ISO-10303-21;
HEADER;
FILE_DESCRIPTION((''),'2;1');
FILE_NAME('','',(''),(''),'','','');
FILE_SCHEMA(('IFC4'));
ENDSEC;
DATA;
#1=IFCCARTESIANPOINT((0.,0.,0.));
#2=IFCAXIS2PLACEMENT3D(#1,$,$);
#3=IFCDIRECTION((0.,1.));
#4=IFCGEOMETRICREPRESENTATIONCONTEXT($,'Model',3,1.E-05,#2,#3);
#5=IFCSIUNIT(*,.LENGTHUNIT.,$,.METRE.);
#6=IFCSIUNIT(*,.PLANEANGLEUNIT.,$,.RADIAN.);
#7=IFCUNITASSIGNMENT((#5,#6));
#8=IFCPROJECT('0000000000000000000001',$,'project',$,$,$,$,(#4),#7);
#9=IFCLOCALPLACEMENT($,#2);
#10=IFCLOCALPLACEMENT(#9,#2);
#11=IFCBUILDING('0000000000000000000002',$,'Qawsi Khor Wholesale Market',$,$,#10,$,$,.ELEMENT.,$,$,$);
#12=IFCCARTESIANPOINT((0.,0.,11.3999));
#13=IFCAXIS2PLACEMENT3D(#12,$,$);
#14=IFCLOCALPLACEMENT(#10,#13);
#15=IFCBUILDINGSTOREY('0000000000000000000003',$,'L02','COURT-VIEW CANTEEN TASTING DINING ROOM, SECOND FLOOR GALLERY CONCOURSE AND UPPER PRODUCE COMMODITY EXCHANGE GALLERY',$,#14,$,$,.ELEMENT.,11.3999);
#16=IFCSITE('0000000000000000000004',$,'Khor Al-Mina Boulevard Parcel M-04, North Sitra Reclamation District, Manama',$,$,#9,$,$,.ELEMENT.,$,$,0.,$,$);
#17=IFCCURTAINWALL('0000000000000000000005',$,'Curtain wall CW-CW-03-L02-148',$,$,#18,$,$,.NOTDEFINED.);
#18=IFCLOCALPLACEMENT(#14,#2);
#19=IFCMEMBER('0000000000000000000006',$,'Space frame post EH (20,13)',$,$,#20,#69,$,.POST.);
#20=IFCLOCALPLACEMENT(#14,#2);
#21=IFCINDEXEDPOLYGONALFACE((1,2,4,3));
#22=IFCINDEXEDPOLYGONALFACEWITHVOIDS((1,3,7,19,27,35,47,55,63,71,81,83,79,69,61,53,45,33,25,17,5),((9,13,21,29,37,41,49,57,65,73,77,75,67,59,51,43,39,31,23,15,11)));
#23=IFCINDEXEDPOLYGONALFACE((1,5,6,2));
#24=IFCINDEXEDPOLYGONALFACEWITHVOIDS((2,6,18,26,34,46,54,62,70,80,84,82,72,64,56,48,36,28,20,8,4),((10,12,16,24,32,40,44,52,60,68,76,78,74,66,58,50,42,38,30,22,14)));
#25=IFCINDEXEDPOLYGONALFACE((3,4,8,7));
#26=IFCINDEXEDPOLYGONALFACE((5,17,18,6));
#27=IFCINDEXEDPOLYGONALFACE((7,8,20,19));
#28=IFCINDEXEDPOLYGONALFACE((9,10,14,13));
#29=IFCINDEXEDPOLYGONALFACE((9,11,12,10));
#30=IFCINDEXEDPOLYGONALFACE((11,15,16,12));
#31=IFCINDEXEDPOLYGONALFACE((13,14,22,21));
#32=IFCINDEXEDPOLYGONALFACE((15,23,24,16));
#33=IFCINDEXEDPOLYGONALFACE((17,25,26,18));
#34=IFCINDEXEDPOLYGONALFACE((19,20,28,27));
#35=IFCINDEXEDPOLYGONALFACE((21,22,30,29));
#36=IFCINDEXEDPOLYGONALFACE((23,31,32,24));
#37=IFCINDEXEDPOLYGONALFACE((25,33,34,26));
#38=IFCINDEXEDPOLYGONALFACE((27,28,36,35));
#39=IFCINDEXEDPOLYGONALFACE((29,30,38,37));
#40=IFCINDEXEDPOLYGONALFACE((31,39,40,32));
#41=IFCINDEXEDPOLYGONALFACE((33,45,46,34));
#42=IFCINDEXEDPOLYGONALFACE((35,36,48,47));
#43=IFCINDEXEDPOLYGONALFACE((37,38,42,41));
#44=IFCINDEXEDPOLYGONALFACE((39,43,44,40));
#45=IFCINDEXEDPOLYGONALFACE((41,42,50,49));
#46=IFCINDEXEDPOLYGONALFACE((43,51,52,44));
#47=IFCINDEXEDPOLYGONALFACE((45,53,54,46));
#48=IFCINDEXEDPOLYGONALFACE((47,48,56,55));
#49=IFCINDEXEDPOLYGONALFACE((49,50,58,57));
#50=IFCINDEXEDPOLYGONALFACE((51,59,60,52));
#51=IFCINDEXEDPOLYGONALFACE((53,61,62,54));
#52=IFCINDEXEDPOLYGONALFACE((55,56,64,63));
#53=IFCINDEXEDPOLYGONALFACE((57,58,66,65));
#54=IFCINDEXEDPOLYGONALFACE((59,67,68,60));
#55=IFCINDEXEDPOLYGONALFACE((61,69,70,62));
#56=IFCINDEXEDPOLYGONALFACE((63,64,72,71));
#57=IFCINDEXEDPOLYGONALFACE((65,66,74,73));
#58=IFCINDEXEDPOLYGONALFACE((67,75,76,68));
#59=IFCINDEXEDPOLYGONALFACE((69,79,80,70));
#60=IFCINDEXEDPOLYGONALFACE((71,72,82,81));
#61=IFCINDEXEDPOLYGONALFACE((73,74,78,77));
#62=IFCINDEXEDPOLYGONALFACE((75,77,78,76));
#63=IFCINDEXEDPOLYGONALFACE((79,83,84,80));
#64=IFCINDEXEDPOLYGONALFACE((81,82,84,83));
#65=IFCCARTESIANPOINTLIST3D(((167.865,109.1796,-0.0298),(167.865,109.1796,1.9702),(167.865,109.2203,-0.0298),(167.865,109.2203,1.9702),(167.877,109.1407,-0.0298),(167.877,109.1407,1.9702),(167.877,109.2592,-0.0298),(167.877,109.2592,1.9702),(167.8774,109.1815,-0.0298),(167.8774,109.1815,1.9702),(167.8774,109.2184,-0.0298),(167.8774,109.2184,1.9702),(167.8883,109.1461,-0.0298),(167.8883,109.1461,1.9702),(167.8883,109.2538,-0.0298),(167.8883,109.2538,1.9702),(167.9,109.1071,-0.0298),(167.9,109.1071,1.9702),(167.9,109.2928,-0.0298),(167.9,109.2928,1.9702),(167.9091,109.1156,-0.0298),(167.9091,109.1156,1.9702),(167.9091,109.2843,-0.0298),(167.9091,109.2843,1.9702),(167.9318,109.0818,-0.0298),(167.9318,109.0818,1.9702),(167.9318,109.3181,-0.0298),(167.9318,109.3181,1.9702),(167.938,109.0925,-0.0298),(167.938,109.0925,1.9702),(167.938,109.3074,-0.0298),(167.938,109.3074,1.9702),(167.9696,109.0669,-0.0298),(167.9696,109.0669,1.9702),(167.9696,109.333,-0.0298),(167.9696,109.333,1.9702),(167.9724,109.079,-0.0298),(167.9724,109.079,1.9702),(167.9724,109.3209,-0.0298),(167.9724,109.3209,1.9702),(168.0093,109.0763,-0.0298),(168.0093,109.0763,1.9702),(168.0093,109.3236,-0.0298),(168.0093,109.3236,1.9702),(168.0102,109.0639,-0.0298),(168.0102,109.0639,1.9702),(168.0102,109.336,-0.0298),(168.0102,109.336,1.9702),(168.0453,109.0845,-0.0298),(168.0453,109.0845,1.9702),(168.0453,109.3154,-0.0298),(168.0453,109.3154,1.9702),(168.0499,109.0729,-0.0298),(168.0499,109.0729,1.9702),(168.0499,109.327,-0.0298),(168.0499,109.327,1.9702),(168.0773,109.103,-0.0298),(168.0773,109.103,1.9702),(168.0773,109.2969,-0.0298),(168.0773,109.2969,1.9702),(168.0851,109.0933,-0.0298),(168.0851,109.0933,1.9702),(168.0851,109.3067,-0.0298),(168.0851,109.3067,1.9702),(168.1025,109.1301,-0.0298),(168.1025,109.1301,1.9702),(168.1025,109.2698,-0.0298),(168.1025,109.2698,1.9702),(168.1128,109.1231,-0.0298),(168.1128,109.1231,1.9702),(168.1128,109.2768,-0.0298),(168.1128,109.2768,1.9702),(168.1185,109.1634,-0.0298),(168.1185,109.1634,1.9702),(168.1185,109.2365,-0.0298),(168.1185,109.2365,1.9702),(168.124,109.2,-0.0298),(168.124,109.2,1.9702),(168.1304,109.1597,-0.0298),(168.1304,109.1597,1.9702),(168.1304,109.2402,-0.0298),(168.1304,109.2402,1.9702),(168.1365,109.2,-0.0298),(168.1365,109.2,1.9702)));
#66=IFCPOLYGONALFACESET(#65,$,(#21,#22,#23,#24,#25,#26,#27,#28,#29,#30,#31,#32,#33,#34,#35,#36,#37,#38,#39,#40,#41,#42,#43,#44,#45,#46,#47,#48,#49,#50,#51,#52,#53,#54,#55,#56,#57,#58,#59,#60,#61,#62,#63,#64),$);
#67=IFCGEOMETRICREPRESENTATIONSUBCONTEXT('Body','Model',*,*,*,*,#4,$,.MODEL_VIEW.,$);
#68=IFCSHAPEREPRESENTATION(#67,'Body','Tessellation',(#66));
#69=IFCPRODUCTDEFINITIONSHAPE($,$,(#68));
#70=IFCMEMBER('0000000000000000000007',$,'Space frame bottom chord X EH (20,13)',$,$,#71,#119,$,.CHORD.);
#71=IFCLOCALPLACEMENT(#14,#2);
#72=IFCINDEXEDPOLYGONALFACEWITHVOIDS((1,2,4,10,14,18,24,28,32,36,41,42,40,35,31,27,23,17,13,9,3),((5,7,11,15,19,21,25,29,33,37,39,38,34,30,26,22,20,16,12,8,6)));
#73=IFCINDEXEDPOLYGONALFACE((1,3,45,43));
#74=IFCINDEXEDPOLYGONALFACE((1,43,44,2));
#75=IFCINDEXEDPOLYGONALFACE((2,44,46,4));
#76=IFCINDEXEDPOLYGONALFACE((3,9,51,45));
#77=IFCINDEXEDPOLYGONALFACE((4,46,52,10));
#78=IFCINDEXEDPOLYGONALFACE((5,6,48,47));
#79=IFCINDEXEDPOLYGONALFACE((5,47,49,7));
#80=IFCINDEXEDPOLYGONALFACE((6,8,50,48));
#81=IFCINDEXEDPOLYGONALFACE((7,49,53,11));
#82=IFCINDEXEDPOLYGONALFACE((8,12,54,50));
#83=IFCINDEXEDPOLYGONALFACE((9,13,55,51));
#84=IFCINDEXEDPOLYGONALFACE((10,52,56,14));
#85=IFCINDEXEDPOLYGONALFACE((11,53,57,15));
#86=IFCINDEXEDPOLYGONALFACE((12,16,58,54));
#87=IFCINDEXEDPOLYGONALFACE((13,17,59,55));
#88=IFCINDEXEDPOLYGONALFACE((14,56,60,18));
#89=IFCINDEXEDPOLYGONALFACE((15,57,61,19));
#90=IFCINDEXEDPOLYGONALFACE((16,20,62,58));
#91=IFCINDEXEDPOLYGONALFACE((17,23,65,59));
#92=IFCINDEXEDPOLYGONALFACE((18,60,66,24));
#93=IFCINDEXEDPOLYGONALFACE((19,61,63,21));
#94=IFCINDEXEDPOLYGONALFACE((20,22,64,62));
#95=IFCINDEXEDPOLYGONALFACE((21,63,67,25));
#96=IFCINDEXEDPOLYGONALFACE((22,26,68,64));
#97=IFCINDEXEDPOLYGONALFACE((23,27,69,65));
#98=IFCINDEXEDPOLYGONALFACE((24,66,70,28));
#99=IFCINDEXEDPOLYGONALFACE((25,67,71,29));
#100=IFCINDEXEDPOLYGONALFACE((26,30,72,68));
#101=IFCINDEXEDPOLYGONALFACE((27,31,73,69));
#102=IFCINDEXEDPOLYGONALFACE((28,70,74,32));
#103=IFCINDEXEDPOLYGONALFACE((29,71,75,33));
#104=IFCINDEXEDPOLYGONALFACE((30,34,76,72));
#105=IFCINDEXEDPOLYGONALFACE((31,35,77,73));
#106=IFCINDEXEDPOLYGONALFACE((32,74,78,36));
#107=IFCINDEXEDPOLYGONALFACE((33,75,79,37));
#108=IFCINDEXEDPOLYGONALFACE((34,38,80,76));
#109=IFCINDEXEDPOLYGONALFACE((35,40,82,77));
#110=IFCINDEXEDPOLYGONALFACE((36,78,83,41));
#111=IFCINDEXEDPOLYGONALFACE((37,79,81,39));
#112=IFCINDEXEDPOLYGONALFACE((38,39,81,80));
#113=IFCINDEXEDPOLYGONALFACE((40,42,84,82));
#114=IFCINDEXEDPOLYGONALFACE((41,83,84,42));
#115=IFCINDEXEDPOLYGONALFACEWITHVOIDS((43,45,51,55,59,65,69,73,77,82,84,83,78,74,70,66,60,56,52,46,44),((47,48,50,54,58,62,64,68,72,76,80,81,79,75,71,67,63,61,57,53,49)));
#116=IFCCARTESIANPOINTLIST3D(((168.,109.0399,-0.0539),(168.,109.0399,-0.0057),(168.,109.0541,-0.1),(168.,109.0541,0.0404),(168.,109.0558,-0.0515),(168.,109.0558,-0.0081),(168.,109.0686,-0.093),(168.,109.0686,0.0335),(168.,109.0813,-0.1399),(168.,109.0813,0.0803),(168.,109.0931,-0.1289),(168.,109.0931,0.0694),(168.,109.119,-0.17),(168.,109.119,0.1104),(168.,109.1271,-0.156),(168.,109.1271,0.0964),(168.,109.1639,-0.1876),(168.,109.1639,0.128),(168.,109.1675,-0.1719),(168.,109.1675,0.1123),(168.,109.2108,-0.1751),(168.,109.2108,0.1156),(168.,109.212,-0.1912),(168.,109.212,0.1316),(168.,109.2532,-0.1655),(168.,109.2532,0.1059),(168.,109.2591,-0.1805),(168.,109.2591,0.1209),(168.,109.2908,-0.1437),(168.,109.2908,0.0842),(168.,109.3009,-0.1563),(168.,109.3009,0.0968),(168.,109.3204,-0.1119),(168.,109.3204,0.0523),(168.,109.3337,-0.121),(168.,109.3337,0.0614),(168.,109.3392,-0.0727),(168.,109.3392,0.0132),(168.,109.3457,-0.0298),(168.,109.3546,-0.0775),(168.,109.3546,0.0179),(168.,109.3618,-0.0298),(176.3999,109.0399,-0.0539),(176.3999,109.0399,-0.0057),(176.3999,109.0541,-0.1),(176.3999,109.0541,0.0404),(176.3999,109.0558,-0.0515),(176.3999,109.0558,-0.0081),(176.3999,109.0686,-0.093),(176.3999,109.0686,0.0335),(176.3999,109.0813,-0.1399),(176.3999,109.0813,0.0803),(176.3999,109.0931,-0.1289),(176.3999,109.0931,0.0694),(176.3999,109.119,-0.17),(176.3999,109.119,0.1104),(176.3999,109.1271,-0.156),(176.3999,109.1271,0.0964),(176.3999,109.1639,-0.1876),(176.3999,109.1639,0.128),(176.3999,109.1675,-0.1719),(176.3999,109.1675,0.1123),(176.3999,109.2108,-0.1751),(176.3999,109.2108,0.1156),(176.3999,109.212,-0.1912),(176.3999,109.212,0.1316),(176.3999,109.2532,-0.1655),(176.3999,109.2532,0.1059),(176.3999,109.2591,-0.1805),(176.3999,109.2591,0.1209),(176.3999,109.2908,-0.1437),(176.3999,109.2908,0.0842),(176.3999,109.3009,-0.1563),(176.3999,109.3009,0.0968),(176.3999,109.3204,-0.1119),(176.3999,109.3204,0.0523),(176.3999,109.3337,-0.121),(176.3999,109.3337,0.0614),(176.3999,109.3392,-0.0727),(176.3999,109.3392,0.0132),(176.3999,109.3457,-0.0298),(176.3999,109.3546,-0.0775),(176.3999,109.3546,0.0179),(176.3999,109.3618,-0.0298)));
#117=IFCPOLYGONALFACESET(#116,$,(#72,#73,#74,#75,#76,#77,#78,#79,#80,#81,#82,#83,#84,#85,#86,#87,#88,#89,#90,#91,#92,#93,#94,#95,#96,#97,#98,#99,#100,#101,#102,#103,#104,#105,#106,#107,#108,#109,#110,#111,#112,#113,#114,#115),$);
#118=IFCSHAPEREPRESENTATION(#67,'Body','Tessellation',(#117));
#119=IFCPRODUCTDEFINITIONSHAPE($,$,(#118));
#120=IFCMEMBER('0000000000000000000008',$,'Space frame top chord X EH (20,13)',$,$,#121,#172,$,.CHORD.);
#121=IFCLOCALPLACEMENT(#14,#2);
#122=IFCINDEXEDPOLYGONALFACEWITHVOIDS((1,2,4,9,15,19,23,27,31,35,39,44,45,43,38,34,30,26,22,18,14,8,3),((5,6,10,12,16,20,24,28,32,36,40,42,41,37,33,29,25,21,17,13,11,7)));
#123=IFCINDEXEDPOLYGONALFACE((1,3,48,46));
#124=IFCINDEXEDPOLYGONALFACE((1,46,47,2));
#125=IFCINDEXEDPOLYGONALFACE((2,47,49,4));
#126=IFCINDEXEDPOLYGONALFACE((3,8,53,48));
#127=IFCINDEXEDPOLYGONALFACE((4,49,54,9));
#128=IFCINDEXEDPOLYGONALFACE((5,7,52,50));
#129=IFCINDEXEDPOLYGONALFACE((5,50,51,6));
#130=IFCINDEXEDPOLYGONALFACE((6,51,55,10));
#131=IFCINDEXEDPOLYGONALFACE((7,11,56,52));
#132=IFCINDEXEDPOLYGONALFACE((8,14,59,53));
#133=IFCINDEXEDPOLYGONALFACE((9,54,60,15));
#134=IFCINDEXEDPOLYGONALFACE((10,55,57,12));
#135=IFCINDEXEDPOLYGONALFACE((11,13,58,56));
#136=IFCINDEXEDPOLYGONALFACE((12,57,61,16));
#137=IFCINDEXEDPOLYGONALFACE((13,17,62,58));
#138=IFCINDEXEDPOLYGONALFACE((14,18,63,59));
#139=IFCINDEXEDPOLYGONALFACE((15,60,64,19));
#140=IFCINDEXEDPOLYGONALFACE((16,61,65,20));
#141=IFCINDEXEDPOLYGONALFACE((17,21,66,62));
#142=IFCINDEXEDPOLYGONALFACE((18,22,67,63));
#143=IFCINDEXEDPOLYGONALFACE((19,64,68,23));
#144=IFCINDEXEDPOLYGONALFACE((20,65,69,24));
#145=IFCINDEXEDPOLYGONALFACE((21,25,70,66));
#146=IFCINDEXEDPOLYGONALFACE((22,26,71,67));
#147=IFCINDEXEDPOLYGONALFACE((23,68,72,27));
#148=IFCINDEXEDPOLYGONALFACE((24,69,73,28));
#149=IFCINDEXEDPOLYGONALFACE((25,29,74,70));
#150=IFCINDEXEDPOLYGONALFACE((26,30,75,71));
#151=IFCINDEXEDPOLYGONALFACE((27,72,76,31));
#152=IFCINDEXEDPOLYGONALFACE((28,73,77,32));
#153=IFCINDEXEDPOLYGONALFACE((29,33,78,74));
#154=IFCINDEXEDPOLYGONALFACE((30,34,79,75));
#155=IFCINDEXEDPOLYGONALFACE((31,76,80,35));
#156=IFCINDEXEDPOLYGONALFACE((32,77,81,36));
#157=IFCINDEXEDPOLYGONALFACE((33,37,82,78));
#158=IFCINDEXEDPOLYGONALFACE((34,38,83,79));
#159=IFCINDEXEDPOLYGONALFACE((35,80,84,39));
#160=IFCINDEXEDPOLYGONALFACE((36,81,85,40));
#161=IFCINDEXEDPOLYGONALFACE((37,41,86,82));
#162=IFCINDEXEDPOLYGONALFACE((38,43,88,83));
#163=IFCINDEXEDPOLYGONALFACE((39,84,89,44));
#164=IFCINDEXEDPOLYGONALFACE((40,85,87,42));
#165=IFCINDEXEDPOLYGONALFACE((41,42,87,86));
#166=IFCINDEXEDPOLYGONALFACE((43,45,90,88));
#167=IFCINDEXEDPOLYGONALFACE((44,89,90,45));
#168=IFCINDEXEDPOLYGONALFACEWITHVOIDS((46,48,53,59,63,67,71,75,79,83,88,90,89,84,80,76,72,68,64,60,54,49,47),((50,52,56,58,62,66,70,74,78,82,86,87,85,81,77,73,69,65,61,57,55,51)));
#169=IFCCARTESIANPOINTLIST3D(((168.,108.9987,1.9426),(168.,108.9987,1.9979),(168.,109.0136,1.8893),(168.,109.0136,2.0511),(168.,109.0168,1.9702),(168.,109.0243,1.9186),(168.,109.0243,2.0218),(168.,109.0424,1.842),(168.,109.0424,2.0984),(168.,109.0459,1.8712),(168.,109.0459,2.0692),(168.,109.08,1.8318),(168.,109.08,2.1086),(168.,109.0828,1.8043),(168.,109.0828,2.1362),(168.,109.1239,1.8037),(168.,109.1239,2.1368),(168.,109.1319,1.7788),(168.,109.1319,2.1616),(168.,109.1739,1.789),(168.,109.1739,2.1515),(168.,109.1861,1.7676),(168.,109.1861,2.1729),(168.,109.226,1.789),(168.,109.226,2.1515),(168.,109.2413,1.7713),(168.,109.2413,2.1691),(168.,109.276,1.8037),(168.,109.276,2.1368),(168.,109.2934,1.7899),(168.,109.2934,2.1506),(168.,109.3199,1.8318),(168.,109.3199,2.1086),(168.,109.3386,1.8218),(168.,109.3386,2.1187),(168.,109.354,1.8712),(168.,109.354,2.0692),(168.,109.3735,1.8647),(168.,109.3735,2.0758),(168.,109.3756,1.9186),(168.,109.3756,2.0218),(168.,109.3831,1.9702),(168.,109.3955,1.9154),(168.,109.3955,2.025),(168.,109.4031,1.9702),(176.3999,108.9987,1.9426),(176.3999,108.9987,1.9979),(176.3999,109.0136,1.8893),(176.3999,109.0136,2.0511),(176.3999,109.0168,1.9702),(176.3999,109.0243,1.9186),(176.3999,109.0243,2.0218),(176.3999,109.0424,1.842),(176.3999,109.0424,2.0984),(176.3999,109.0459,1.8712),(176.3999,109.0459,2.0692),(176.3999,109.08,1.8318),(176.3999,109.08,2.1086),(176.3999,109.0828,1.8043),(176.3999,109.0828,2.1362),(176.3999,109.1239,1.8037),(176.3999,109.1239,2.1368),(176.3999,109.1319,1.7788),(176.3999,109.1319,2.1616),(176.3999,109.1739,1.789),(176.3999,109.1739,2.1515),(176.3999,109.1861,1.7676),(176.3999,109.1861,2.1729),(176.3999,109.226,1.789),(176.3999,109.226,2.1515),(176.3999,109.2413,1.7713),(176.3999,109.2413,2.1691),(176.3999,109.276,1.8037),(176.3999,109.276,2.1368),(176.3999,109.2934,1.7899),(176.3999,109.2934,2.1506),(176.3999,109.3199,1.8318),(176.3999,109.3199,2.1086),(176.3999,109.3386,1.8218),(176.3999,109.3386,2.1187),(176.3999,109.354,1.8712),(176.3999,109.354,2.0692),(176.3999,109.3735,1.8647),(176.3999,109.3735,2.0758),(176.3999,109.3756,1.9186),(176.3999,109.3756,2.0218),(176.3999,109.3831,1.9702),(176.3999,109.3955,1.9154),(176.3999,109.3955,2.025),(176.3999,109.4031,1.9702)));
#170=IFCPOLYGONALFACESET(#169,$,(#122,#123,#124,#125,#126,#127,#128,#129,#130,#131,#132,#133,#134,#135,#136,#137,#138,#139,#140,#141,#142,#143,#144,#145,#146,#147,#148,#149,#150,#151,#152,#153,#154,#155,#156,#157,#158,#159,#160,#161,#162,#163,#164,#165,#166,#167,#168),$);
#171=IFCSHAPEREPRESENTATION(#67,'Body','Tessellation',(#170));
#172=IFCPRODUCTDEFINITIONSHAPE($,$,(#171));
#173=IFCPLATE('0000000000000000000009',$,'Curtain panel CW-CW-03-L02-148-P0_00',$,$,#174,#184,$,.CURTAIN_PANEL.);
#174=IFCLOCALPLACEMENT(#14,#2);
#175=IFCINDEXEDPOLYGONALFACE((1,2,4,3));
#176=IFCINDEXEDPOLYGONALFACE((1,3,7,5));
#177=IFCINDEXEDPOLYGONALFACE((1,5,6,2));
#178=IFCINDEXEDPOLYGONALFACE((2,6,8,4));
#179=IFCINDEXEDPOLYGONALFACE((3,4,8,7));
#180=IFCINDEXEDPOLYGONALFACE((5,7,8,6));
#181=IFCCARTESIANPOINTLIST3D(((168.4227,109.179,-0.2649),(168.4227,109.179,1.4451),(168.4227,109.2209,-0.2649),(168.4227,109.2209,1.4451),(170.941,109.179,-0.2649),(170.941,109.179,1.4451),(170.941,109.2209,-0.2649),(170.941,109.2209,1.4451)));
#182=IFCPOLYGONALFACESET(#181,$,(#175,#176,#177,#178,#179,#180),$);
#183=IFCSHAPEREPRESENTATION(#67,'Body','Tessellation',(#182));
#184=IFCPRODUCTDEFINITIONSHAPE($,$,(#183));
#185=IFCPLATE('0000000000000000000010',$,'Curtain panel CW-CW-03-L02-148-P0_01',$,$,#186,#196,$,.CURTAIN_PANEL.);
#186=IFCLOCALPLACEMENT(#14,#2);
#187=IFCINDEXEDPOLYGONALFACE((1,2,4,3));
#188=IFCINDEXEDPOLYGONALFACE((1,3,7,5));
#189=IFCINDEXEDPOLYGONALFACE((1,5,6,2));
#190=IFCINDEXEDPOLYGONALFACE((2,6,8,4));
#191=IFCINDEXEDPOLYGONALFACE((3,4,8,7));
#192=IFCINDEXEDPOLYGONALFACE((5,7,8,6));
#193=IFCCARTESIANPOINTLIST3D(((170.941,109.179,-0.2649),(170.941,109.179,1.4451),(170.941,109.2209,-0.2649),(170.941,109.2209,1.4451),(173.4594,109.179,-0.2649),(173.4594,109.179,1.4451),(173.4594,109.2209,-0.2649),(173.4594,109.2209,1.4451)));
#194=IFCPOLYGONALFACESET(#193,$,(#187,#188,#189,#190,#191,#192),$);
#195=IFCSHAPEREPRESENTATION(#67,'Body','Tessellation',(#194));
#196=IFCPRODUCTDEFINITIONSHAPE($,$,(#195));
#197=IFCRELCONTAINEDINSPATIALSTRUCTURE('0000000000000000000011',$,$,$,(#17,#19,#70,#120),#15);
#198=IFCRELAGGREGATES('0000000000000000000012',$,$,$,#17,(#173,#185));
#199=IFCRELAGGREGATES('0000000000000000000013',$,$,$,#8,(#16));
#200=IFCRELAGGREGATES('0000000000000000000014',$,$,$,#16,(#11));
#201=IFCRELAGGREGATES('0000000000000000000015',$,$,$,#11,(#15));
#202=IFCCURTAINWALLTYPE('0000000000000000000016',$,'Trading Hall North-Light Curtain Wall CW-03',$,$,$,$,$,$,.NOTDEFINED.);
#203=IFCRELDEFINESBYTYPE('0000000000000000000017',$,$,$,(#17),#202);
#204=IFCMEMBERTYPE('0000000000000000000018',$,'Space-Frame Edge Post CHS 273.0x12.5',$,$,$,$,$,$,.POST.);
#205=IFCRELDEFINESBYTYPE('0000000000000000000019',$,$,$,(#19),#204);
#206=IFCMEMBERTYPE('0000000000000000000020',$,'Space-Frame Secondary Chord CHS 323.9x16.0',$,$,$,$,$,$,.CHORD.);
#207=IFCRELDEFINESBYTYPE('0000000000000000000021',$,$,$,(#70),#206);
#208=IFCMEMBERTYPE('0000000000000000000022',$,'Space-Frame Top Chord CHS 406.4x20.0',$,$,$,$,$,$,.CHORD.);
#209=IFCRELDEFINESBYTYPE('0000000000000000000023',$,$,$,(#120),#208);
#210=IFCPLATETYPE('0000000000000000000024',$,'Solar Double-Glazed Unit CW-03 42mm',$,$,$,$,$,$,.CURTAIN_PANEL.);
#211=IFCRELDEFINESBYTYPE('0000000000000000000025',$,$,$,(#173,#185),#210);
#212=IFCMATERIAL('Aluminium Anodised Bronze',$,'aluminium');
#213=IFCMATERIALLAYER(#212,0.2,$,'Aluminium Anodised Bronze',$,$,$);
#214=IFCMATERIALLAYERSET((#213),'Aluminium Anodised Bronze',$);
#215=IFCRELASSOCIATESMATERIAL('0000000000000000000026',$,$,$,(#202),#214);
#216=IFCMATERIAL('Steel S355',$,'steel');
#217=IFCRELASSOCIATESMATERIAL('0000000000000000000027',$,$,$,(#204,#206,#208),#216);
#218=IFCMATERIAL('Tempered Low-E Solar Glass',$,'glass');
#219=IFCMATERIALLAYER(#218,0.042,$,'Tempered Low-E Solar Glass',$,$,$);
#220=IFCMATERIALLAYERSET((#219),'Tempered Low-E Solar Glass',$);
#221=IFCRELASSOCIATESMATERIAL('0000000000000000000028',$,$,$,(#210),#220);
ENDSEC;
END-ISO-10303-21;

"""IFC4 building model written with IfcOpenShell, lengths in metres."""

from ifc_helpers import new_model, si_unit, direction, frame, frame_2d, origin, origin_2d, place, context, subcontext, project, spatial, rectangle, hollow_circle, extrude, material, layer, layer_set, material_profile, profile_set, type_object, element, aggregate, save


model = new_model("IFC4")

# Units and contexts
model_context = context("Model", 3, precision=1e-05, world=origin(), true_north=direction((0.0, 1.0)))
body_context = subcontext(model_context, "Body", "Model", "MODEL_VIEW")
ifc_project = project(units=[si_unit("LENGTHUNIT", "METRE"), si_unit("PLANEANGLEUNIT", "RADIAN")], contexts=[model_context])

# Site, building, storey
site_placement = place(None, origin())
site = spatial("IfcSite", under=ifc_project, at=site_placement, Name="Khor Al-Mina Boulevard Parcel M-04, North Sitra Reclamation District, Manama", CompositionType="ELEMENT", RefElevation=0.0)
building_placement = place(site_placement, origin())
building = spatial("IfcBuilding", under=site, at=building_placement, Name="Qawsi Khor Wholesale Market", CompositionType="ELEMENT")
storey_placement = place(building_placement, frame((0.0, 0.0, 11.3999)))
storey = spatial("IfcBuildingStorey", under=building, at=storey_placement, Name="L02", Description="COURT-VIEW CANTEEN TASTING DINING ROOM, SECOND FLOOR GALLERY CONCOURSE AND UPPER PRODUCE COMMODITY EXCHANGE GALLERY", CompositionType="ELEMENT", Elevation=11.3999)

# Curtain wall
ifc_material_1 = material(Name="Aluminium Anodised Bronze", Category="aluminium")
ifc_layer_1 = layer(ifc_material_1, 0.2, Name="Aluminium Anodised Bronze")
ifc_layer_set_1 = layer_set([ifc_layer_1], Name="Aluminium Anodised Bronze")
curtain_wall_type = type_object("IfcCurtainWallType", Name="Trading Hall North-Light Curtain Wall CW-03", PredefinedType="NOTDEFINED", material=ifc_layer_set_1)
curtain_wall_placement = place(storey_placement, origin())
curtain_wall = element("IfcCurtainWall", 1, at=curtain_wall_placement, inside=storey, type_object=curtain_wall_type, Name="Curtain wall CW-CW-03-L02-148", PredefinedType="NOTDEFINED")

# Members
ifc_material_2 = material(Name="Steel S355", Category="steel")
ifc_material_profile_1 = material_profile(ifc_material_2, hollow_circle(Radius=0.1365, WallThickness=0.0125, at=origin_2d()), Name="CHS 273.0x12.5")
ifc_profile_set_1 = profile_set([ifc_material_profile_1], Name="Steel S355")
member_type_1 = type_object("IfcMemberType", Name="Space-Frame Edge Post CHS 273.0x12.5", PredefinedType="POST", material=ifc_profile_set_1)
member_1_placement = place(storey_placement, frame((168.0, 109.2, -0.0298), z_axis=(0.0, 0.0, 1.0), x_axis=(1.0, 0.0, 0.0)))
element("IfcMember", 2, at=member_1_placement, inside=storey, type_object=member_type_1, Name="Space frame post EH (20,13)", PredefinedType="POST", context=body_context, shape_type="SweptSolid", body=[
    extrude(hollow_circle(Radius=0.1365, WallThickness=0.0125, at=origin_2d()), origin(), (0.0, 0.0, 1.0), 2.0),
])
ifc_material_profile_2 = material_profile(ifc_material_2, hollow_circle(Radius=0.1619, WallThickness=0.0161, at=origin_2d()), Name="CHS 323.9x16.0")
ifc_profile_set_2 = profile_set([ifc_material_profile_2], Name="Steel S355")
member_type_2 = type_object("IfcMemberType", Name="Space-Frame Secondary Chord CHS 323.9x16.0", PredefinedType="CHORD", material=ifc_profile_set_2)
member_2_placement = place(storey_placement, frame((168.0, 109.2, -0.0298), z_axis=(1.0, 0.0, 0.0), x_axis=(0.0, 1.0, 0.0)))
element("IfcMember", 3, at=member_2_placement, inside=storey, type_object=member_type_2, Name="Space frame bottom chord X EH (20,13)", PredefinedType="CHORD", context=body_context, shape_type="SweptSolid", body=[
    extrude(hollow_circle(Radius=0.1619, WallThickness=0.0161, at=origin_2d()), origin(), (0.0, 0.0, 1.0), 8.3999),
])
ifc_material_profile_3 = material_profile(ifc_material_2, hollow_circle(Radius=0.2031, WallThickness=0.02, at=origin_2d()), Name="CHS 406.4x20.0")
ifc_profile_set_3 = profile_set([ifc_material_profile_3], Name="Steel S355")
member_type_3 = type_object("IfcMemberType", Name="Space-Frame Top Chord CHS 406.4x20.0", PredefinedType="CHORD", material=ifc_profile_set_3)
member_3_placement = place(storey_placement, frame((168.0, 109.2, 1.9702), z_axis=(1.0, 0.0, 0.0), x_axis=(0.0, 1.0, 0.0)))
element("IfcMember", 4, at=member_3_placement, inside=storey, type_object=member_type_3, Name="Space frame top chord X EH (20,13)", PredefinedType="CHORD", context=body_context, shape_type="SweptSolid", body=[
    extrude(hollow_circle(Radius=0.2031, WallThickness=0.02, at=origin_2d()), origin(), (0.0, 0.0, 1.0), 8.3999),
])

# Plates
ifc_material_3 = material(Name="Tempered Low-E Solar Glass", Category="glass")
ifc_layer_2 = layer(ifc_material_3, 0.042, Name="Tempered Low-E Solar Glass")
ifc_layer_set_2 = layer_set([ifc_layer_2], Name="Tempered Low-E Solar Glass")
plate_type = type_object("IfcPlateType", Name="Solar Double-Glazed Unit CW-03 42mm", PredefinedType="CURTAIN_PANEL", material=ifc_layer_set_2)
plate_1_placement = place(storey_placement, frame((168.4226, 109.2, -0.2649), z_axis=(0.0, 0.0, 1.0), x_axis=(1.0, 0.0, 0.0)))
plate_1 = element("IfcPlate", 5, at=plate_1_placement, type_object=plate_type, Name="Curtain panel CW-CW-03-L02-148-P0_00", PredefinedType="CURTAIN_PANEL", context=body_context, shape_type="SweptSolid", body=[
    extrude(rectangle(XDim=2.5183, YDim=0.042, at=frame_2d((1.2593, 0.0))), origin(), (0.0, 0.0, 1.0), 1.71),
])
plate_2_placement = place(storey_placement, frame((170.9409, 109.2, -0.2649), z_axis=(0.0, 0.0, 1.0), x_axis=(1.0, 0.0, 0.0)))
plate_2 = element("IfcPlate", 6, at=plate_2_placement, type_object=plate_type, Name="Curtain panel CW-CW-03-L02-148-P0_01", PredefinedType="CURTAIN_PANEL", context=body_context, shape_type="SweptSolid", body=[
    extrude(rectangle(XDim=2.5183, YDim=0.042, at=frame_2d((1.2593, 0.0))), origin(), (0.0, 0.0, 1.0), 1.71),
])
aggregate(curtain_wall, [plate_1, plate_2])

save(model, "model.ifc")
